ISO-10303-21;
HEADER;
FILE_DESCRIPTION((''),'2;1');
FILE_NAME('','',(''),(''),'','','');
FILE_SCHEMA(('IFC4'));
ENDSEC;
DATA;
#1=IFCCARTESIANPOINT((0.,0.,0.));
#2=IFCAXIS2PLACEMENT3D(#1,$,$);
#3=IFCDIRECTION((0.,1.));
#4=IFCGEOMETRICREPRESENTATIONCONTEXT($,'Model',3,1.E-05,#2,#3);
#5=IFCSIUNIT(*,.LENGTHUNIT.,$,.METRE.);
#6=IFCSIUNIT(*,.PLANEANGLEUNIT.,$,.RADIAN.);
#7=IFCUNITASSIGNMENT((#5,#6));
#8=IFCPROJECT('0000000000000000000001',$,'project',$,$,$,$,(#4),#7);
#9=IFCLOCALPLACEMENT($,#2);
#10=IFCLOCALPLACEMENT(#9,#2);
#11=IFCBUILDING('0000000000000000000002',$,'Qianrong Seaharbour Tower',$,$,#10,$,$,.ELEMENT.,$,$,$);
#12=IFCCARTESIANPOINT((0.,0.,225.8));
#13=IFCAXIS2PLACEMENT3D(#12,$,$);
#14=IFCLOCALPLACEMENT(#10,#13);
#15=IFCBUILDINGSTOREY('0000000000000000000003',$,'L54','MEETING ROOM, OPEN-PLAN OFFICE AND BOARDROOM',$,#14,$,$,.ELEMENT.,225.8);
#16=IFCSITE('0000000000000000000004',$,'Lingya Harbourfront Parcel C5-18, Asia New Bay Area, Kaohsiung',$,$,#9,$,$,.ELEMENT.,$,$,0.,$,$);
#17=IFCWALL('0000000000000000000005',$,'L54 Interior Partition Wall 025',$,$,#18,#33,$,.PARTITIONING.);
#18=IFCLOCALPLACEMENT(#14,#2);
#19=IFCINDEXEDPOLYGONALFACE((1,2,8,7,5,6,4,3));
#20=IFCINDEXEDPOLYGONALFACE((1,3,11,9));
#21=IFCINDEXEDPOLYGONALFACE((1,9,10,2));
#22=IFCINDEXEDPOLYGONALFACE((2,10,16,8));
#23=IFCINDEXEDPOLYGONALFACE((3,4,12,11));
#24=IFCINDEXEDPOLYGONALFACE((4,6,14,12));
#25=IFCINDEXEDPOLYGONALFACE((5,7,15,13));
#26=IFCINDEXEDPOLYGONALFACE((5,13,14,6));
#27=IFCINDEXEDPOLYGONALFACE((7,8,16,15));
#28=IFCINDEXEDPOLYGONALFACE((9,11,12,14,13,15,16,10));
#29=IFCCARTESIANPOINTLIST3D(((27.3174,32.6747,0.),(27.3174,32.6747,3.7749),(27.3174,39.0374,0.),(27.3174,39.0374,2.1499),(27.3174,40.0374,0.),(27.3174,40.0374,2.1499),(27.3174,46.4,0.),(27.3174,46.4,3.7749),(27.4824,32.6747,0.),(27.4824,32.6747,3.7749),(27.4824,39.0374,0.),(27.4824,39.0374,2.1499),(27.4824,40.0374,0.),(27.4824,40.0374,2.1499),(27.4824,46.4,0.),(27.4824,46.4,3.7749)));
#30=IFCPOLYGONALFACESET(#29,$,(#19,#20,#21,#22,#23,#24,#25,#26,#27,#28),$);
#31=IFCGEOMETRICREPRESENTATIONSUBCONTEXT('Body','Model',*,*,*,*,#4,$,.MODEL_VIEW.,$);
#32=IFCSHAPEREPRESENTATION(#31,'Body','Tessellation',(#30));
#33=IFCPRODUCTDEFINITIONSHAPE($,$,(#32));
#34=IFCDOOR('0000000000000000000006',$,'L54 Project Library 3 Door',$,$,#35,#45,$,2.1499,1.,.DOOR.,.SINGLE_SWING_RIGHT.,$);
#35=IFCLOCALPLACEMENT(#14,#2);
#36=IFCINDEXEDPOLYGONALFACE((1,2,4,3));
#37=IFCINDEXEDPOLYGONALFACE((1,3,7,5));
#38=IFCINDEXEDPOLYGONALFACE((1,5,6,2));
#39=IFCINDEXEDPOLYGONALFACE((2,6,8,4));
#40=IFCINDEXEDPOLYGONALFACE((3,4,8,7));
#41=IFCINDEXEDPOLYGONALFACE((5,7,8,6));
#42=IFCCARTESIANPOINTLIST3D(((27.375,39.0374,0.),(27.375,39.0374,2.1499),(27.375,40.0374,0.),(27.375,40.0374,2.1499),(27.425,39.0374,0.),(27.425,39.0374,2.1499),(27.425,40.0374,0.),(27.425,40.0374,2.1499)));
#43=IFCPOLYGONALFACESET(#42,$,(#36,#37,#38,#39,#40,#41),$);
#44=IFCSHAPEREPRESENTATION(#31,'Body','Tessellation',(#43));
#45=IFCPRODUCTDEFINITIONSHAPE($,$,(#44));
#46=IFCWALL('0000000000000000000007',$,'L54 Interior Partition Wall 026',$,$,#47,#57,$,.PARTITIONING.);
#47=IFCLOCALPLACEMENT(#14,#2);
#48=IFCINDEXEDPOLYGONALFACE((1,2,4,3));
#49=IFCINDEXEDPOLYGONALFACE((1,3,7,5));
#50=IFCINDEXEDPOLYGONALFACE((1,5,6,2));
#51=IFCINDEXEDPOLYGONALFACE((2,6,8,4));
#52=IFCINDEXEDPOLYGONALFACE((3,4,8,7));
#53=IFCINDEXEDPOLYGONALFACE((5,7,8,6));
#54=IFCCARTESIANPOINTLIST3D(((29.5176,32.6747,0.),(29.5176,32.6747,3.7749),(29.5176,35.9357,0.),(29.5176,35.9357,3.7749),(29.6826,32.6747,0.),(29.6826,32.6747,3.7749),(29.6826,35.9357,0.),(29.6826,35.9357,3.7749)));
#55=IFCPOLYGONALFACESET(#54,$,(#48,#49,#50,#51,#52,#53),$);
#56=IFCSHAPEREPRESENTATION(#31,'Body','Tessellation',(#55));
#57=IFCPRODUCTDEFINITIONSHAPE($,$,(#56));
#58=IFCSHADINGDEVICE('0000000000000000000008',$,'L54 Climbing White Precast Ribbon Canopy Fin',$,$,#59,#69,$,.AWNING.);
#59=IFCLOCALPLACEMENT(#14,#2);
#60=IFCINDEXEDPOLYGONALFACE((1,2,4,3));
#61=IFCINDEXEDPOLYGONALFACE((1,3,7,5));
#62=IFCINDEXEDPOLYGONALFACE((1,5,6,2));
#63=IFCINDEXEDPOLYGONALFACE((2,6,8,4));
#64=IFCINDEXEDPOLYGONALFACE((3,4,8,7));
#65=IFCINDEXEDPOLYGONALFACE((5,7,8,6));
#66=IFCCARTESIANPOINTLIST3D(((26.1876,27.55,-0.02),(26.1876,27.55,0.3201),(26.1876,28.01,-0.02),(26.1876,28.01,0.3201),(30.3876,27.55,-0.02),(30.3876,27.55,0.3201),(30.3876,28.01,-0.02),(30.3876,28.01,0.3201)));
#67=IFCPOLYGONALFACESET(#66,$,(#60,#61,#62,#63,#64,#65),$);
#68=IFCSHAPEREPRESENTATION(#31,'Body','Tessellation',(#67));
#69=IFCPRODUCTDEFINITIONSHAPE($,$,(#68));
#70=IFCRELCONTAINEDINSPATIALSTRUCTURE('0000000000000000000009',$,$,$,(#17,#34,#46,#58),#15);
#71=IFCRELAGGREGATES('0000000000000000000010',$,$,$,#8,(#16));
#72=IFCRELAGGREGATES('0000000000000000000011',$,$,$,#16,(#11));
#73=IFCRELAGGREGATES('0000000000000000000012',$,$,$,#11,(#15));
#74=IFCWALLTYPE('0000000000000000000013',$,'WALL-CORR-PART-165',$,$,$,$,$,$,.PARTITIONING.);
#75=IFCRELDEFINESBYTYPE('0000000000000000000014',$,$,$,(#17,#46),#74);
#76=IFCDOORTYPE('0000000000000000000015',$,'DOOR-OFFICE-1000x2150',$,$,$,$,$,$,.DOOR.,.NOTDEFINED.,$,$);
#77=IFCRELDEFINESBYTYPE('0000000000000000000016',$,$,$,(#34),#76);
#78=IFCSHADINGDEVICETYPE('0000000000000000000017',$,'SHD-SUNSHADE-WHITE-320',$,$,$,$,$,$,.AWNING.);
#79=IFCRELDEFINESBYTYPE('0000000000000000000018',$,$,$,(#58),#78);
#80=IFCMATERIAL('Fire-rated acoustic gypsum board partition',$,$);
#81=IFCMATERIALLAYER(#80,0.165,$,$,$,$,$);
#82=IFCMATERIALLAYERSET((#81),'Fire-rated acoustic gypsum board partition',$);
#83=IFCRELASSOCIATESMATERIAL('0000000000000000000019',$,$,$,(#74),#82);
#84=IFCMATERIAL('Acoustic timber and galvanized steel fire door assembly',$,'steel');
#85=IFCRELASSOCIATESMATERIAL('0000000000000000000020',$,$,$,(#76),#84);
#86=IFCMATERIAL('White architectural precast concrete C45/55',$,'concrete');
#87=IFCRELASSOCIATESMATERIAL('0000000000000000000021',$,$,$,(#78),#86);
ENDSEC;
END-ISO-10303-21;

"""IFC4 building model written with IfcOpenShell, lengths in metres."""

from ifc_helpers import new_model, si_unit, direction, frame, frame_2d, origin, origin_2d, place, context, subcontext, project, spatial, rectangle, extrude, material, layer, layer_set, type_object, element, fill, save


model = new_model("IFC4")

# Units and contexts
model_context = context("Model", 3, precision=1e-05, world=origin(), true_north=direction((0.0, 1.0)))
body_context = subcontext(model_context, "Body", "Model", "MODEL_VIEW")
ifc_project = project(units=[si_unit("LENGTHUNIT", "METRE"), si_unit("PLANEANGLEUNIT", "RADIAN")], contexts=[model_context])

# Site, building, storey
site_placement = place(None, origin())
site = spatial("IfcSite", under=ifc_project, at=site_placement, Name="Lingya Harbourfront Parcel C5-18, Asia New Bay Area, Kaohsiung", CompositionType="ELEMENT", RefElevation=0.0)
building_placement = place(site_placement, origin())
building = spatial("IfcBuilding", under=site, at=building_placement, Name="Qianrong Seaharbour Tower", CompositionType="ELEMENT")
storey_placement = place(building_placement, frame((0.0, 0.0, 225.8)))
storey = spatial("IfcBuildingStorey", under=building, at=storey_placement, Name="L54", Description="MEETING ROOM, OPEN-PLAN OFFICE AND BOARDROOM", CompositionType="ELEMENT", Elevation=225.8)

# Shared definitions
ifc_material_1 = material(Name="Fire-rated acoustic gypsum board partition")
ifc_layer = layer(ifc_material_1, 0.165)
ifc_layer_set = layer_set([ifc_layer], Name="Fire-rated acoustic gypsum board partition")
wall_type = type_object("IfcWallType", Name="WALL-CORR-PART-165", PredefinedType="PARTITIONING", material=ifc_layer_set)

# Wall, opening, door
ifc_material_2 = material(Name="Acoustic timber and galvanized steel fire door assembly", Category="steel")
door_type = type_object("IfcDoorType", Name="DOOR-OFFICE-1000x2150", OperationType="NOTDEFINED", PredefinedType="DOOR", material=ifc_material_2)
wall_1_placement = place(storey_placement, frame((27.3999, 32.6746, 0.0), z_axis=(0.0, 0.0, 1.0), x_axis=(0.0, 1.0, 0.0)))
wall_1 = element("IfcWall", 1, at=wall_1_placement, inside=storey, type_object=wall_type, Name="L54 Interior Partition Wall 025", PredefinedType="PARTITIONING", context=body_context, shape_type="SweptSolid", body=[
    extrude(rectangle(XDim=13.7253, YDim=0.165, at=frame_2d((6.8628, 0.0))), origin(), (0.0, 0.0, 1.0), 3.7749),
])
opening_1_placement = place(wall_1_placement, frame((6.3628, 0.0, 0.0)))
opening_1 = element("IfcOpeningElement", 2, at=opening_1_placement, cuts=wall_1, PredefinedType="OPENING", context=body_context, shape_type="SweptSolid", body=[
    extrude(rectangle(XDim=1.0, YDim=2.1499, at=frame_2d((0.5, 1.075))), frame((0.0, 0.0925, 0.0), z_axis=(0.0, -1.0, 0.0), x_axis=(1.0, 0.0, 0.0)), (0.0, 0.0, 1.0), 0.1851),
])
door_1_placement = place(opening_1_placement, origin())
door_1 = element("IfcDoor", 3, at=door_1_placement, inside=storey, type_object=door_type, Name="L54 Project Library 3 Door", OperationType="SINGLE_SWING_RIGHT", OverallHeight=2.1499, OverallWidth=1.0, PredefinedType="DOOR", context=body_context, shape_type="SweptSolid", body=[
    extrude(rectangle(XDim=1.0, YDim=2.1499, at=frame_2d((0.5, 1.075))), frame((0.0, 0.0249, 0.0), z_axis=(0.0, -1.0, 0.0), x_axis=(1.0, 0.0, 0.0)), (0.0, 0.0, 1.0), 0.05),
])
fill(opening_1, door_1)

# Wall
wall_2_placement = place(storey_placement, frame((29.6001, 35.9355, 0.0), z_axis=(0.0, 0.0, 1.0), x_axis=(0.0, -1.0, 0.0)))
element("IfcWall", 4, at=wall_2_placement, inside=storey, type_object=wall_type, Name="L54 Interior Partition Wall 026", PredefinedType="PARTITIONING", context=body_context, shape_type="SweptSolid", body=[
    extrude(rectangle(XDim=3.261, YDim=0.165, at=frame_2d((1.6304, 0.0))), origin(), (0.0, 0.0, 1.0), 3.7749),
])

# Shading device
ifc_material_3 = material(Name="White architectural precast concrete C45/55", Category="concrete")
shading_device_type = type_object("IfcShadingDeviceType", Name="SHD-SUNSHADE-WHITE-320", PredefinedType="AWNING", material=ifc_material_3)
shading_device_placement = place(storey_placement, frame((28.2876, 27.78, -0.02), z_axis=(0.0, 0.0, 1.0), x_axis=(1.0, 0.0, 0.0)))
element("IfcShadingDevice", 5, at=shading_device_placement, inside=storey, type_object=shading_device_type, Name="L54 Climbing White Precast Ribbon Canopy Fin", PredefinedType="AWNING", context=body_context, shape_type="SweptSolid", body=[
    extrude(rectangle(XDim=4.2, YDim=0.46, at=origin_2d()), origin(), (0.0, 0.0, 1.0), 0.3401),
])

save(model, "model.ifc")
